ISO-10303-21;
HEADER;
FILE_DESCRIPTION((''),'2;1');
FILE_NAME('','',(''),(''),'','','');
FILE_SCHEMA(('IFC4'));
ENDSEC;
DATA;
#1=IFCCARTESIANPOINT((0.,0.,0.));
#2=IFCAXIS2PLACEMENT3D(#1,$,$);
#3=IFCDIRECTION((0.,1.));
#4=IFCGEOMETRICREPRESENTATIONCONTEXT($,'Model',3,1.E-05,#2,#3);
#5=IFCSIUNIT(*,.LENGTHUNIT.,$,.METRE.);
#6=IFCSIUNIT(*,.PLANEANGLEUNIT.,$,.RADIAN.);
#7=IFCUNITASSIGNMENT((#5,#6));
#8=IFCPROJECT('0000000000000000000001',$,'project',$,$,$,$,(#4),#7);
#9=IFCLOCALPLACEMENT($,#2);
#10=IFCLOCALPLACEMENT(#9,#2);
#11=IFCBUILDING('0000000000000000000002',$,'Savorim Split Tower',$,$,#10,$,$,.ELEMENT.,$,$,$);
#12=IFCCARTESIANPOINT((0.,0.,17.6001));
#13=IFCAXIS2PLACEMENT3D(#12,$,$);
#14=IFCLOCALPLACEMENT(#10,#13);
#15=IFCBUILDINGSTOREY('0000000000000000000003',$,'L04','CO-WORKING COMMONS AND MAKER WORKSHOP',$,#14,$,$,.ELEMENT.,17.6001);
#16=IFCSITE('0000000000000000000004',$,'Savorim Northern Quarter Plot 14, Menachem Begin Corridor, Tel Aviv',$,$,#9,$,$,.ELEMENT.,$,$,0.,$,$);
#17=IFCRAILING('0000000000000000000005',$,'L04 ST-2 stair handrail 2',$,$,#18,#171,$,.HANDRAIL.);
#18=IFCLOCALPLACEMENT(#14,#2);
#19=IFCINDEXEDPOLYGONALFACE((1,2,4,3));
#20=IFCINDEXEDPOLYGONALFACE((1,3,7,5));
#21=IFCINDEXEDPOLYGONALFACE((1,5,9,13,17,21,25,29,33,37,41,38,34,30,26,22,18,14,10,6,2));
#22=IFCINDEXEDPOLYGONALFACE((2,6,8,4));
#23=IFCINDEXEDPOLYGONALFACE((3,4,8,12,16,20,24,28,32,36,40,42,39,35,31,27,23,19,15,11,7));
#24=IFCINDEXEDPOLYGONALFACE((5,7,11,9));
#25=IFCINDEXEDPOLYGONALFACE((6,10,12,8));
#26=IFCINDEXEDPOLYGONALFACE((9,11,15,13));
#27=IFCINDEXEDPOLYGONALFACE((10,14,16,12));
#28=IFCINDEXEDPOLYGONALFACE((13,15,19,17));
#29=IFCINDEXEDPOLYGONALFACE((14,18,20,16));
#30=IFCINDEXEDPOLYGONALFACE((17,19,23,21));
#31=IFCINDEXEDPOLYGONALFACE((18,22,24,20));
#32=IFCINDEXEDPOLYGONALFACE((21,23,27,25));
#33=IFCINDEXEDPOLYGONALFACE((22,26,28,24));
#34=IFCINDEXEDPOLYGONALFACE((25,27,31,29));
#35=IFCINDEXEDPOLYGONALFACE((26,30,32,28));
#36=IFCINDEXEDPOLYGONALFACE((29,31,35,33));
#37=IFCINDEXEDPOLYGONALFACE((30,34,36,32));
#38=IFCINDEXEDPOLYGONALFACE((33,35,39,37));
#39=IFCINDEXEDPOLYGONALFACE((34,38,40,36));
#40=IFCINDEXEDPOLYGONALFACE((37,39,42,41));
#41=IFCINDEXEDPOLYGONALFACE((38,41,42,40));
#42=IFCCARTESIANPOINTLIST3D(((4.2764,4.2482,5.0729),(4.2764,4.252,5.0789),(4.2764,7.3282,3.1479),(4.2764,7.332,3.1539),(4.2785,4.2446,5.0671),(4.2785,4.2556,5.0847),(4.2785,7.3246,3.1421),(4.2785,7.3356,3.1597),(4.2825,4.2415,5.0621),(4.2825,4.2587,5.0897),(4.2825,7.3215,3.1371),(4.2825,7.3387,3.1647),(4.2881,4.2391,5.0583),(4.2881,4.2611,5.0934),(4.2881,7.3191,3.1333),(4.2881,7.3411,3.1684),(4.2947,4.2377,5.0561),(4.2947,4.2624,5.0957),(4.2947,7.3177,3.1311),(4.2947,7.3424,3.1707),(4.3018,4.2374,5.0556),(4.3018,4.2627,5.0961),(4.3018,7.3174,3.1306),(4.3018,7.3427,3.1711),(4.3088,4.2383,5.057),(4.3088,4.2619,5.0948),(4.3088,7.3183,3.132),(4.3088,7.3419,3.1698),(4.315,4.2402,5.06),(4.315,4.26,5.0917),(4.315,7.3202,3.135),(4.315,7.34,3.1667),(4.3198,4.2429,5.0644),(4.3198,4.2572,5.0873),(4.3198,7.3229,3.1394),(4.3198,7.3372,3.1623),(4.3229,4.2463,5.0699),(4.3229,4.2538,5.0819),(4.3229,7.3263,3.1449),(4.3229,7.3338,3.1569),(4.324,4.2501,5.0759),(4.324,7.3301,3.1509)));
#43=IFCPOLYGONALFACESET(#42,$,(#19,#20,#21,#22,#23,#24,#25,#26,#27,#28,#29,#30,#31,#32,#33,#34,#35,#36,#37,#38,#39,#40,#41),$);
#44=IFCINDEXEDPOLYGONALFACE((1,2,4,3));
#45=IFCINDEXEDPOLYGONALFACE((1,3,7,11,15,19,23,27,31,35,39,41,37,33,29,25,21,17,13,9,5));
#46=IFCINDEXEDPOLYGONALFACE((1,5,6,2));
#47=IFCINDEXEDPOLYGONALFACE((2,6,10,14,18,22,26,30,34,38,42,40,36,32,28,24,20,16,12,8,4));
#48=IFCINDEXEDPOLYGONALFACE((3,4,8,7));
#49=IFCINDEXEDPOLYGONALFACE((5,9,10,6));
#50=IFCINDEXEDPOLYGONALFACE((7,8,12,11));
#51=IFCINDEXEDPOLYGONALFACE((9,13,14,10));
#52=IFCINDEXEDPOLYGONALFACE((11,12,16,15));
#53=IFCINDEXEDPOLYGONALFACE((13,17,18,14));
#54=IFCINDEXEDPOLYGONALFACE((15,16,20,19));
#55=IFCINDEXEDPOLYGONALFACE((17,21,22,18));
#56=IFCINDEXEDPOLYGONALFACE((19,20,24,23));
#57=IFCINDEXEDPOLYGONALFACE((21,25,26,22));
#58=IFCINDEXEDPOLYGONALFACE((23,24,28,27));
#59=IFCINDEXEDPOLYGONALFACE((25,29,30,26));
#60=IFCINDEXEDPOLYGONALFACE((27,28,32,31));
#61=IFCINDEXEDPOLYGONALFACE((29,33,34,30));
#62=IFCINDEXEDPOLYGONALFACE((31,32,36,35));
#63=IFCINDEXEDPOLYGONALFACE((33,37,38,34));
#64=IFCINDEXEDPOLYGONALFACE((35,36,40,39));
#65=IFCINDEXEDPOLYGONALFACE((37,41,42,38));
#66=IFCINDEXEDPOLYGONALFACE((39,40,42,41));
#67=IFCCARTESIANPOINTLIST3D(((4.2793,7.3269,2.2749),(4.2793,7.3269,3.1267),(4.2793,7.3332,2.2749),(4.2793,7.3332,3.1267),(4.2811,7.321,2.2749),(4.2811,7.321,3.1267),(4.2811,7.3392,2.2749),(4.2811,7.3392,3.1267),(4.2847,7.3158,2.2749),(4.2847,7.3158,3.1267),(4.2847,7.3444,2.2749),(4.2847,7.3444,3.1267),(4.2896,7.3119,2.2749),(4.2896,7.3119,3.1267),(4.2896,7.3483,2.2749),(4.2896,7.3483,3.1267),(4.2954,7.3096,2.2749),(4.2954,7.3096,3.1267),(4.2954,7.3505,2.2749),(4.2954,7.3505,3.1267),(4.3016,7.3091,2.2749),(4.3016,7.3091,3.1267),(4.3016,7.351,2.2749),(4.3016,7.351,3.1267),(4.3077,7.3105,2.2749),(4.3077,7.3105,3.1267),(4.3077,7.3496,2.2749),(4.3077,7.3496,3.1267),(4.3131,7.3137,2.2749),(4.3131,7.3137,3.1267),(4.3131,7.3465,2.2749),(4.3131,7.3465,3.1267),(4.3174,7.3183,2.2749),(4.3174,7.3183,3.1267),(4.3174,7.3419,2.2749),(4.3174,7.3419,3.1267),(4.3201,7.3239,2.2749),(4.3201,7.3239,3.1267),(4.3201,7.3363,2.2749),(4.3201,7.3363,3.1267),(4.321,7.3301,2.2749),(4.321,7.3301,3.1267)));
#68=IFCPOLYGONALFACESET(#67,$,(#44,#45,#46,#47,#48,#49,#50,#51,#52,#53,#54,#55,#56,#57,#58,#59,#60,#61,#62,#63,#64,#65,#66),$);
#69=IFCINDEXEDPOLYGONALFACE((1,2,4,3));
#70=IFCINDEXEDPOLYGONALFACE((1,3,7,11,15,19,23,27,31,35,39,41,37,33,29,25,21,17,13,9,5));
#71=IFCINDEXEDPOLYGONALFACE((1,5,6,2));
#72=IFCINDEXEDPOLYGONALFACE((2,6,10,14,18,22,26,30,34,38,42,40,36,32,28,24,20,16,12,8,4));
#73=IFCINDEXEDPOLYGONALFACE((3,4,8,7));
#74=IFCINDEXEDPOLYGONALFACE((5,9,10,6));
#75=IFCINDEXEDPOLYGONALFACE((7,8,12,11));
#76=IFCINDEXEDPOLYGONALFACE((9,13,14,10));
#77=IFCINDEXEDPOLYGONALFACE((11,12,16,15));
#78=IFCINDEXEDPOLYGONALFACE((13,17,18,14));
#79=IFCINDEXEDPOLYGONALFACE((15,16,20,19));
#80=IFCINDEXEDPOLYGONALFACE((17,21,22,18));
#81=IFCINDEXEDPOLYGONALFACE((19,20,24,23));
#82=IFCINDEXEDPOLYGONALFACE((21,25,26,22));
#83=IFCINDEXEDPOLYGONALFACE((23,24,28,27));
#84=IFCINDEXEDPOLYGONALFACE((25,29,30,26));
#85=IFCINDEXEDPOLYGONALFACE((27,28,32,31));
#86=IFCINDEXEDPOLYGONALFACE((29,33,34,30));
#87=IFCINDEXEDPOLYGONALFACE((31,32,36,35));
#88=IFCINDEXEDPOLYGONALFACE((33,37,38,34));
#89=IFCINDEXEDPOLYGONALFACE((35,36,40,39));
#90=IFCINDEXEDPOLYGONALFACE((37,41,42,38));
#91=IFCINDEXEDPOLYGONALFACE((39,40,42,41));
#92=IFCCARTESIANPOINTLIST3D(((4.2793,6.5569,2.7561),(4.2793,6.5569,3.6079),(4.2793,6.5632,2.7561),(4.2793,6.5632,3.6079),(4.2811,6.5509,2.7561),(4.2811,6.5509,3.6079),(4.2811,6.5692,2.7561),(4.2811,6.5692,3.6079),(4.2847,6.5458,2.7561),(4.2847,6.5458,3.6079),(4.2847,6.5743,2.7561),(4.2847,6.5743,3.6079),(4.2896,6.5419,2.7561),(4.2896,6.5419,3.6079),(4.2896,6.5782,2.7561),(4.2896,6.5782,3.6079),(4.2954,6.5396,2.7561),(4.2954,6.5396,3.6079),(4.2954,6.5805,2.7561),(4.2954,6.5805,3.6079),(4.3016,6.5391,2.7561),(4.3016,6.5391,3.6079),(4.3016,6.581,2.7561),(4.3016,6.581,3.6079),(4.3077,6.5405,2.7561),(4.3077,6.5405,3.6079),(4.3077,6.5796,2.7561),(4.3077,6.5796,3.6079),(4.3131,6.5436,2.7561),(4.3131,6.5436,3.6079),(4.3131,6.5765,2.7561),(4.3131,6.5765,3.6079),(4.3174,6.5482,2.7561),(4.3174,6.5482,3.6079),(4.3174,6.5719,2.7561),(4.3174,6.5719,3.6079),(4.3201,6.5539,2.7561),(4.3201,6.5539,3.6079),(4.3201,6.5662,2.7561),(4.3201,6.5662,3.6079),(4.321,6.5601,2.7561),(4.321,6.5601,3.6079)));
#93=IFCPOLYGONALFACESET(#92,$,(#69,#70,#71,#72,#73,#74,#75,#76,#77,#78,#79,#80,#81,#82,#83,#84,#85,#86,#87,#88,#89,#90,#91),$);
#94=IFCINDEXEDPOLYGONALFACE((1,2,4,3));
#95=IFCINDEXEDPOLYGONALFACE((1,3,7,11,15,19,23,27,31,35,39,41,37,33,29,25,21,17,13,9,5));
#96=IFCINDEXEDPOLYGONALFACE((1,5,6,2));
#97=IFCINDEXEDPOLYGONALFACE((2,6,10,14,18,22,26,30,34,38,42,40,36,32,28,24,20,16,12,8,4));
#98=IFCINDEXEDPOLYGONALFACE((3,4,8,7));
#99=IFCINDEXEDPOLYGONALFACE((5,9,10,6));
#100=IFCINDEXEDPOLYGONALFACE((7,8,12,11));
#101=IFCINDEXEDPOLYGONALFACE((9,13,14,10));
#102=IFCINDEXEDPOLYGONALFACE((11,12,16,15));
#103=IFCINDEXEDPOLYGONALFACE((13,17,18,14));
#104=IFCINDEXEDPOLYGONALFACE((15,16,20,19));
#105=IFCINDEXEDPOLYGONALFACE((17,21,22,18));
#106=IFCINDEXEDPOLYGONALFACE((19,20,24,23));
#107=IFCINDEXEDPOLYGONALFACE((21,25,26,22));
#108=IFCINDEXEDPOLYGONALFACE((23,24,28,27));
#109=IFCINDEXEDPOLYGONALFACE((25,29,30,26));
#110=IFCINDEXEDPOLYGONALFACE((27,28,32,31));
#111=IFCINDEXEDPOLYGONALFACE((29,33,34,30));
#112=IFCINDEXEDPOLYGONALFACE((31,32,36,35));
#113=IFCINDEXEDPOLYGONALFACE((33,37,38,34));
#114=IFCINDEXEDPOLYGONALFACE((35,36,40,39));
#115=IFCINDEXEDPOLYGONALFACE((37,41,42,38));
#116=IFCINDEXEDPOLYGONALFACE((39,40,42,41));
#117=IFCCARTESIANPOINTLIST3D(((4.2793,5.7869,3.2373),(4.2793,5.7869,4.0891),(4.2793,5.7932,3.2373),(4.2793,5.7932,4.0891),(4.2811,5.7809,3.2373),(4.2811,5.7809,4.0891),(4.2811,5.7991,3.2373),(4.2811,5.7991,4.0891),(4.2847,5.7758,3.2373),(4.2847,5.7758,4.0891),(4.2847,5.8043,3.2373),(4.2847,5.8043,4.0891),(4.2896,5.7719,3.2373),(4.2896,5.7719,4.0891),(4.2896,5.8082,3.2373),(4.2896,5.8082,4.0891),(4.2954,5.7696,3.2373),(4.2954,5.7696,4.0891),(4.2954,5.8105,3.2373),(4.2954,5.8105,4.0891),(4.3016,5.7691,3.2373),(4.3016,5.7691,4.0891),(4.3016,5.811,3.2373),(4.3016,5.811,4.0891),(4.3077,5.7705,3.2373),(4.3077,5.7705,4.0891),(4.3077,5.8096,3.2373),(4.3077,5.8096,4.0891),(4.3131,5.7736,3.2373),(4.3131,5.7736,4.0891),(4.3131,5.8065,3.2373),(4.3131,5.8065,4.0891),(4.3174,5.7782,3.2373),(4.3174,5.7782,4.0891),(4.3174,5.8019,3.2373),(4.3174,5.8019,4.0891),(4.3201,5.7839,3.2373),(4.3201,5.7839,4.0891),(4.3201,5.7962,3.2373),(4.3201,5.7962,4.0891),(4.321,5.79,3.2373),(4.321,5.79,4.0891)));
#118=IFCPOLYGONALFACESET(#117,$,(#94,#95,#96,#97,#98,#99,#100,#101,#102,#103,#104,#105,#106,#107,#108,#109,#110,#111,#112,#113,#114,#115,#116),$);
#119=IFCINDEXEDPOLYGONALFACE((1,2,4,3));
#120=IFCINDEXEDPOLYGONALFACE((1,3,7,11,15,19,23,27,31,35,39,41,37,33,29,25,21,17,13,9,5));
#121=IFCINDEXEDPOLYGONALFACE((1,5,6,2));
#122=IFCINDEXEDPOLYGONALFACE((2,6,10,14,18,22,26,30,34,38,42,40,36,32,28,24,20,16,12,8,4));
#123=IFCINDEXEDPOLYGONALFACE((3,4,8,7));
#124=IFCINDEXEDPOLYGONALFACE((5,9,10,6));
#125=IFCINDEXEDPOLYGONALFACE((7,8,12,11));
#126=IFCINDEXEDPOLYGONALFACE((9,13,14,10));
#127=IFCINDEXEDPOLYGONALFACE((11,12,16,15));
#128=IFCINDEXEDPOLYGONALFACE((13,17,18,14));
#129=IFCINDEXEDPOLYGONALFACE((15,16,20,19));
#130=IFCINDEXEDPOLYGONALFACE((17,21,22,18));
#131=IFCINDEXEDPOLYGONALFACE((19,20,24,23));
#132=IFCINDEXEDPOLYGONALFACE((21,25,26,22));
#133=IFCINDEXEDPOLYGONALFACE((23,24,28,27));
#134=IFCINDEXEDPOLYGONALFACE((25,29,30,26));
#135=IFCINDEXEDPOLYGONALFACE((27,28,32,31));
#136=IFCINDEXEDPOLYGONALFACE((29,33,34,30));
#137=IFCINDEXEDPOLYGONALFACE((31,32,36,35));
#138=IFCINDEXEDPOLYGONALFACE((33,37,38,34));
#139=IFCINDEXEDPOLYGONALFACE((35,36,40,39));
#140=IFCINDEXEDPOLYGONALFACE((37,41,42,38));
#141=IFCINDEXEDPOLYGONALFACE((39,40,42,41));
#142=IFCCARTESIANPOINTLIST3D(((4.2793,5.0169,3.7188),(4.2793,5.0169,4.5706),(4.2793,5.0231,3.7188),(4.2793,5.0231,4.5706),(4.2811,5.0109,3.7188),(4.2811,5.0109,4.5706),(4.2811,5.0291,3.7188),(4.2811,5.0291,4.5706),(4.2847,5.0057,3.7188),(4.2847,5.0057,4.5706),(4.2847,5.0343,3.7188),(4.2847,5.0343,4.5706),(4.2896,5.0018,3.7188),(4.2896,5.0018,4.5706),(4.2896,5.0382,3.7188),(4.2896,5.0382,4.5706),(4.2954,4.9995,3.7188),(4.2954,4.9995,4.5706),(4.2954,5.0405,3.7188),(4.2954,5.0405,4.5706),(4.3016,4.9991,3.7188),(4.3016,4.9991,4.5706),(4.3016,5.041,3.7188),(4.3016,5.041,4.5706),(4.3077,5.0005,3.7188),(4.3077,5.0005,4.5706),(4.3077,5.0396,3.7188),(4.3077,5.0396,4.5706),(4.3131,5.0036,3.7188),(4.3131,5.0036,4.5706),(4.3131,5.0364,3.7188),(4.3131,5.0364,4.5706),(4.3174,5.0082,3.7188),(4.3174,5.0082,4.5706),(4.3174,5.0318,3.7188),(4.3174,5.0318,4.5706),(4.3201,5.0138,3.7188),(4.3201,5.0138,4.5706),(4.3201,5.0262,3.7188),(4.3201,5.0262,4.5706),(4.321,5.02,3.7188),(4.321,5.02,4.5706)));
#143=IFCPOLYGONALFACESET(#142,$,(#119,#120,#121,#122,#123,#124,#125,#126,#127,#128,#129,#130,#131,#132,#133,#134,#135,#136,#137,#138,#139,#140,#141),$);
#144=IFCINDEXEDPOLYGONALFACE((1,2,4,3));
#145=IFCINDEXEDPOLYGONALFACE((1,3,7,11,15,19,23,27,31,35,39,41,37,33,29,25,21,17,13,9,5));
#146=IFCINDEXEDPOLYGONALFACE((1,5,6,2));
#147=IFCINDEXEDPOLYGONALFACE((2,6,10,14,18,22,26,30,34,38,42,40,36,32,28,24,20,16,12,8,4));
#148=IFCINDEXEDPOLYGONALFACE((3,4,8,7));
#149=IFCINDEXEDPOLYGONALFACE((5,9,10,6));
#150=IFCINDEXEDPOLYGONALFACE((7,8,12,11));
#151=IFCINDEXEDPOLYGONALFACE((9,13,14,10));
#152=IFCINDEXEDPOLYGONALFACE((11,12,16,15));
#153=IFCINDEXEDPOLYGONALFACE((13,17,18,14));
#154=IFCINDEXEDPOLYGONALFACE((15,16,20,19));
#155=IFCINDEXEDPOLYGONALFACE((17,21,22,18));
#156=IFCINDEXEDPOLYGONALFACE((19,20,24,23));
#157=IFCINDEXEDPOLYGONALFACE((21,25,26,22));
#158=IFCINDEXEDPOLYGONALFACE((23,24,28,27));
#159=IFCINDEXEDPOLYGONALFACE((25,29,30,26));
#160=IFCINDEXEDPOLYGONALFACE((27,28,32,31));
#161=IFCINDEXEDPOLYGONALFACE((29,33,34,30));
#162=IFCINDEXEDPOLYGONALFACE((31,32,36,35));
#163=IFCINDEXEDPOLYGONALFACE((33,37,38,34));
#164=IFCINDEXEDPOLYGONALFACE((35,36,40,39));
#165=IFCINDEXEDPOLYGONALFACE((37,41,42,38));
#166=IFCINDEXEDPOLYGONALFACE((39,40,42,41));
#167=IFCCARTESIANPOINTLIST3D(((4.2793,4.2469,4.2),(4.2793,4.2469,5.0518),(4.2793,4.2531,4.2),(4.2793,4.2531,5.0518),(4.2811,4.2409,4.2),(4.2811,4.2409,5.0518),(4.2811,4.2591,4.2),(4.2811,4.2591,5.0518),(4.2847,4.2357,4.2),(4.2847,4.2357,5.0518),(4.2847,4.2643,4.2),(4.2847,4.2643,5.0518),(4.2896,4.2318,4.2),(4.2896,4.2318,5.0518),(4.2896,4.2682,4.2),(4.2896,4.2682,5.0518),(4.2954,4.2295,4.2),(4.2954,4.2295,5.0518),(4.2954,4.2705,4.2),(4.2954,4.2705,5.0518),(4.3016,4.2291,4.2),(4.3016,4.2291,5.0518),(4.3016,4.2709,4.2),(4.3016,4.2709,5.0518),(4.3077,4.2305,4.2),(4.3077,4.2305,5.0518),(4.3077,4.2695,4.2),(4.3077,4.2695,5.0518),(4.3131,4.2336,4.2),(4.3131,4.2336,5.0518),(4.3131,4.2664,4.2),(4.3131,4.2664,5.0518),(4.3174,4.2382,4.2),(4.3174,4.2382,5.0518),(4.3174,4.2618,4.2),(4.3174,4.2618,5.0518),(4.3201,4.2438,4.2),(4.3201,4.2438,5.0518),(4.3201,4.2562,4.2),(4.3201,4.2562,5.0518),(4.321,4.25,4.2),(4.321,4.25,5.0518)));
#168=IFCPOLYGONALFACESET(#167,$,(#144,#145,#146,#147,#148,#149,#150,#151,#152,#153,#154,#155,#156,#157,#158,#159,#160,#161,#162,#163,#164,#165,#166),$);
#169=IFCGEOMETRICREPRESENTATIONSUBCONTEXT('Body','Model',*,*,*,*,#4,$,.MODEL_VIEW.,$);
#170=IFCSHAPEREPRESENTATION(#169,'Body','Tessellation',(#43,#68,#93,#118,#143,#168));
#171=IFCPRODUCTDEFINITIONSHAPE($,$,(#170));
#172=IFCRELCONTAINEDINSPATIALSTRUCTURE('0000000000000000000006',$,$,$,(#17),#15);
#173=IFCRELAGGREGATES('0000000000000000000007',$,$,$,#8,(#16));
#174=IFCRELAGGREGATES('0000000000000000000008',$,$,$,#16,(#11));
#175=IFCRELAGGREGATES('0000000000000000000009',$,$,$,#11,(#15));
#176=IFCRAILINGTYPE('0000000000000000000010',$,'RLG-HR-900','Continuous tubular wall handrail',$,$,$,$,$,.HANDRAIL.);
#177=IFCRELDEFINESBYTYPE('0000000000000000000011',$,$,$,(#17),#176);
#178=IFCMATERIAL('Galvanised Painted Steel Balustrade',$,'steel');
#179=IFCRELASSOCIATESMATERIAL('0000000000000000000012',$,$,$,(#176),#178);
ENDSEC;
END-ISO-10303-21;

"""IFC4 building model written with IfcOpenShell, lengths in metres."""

from ifc_helpers import new_model, si_unit, direction, frame, origin, origin_2d, place, context, subcontext, project, spatial, circle, extrude, material, type_object, element, save


model = new_model("IFC4")

# Units and contexts
model_context = context("Model", 3, precision=1e-05, world=origin(), true_north=direction((0.0, 1.0)))
body_context = subcontext(model_context, "Body", "Model", "MODEL_VIEW")
ifc_project = project(units=[si_unit("LENGTHUNIT", "METRE"), si_unit("PLANEANGLEUNIT", "RADIAN")], contexts=[model_context])

# Site, building, storey
site_placement = place(None, origin())
site = spatial("IfcSite", under=ifc_project, at=site_placement, Name="Savorim Northern Quarter Plot 14, Menachem Begin Corridor, Tel Aviv", CompositionType="ELEMENT", RefElevation=0.0)
building_placement = place(site_placement, origin())
building = spatial("IfcBuilding", under=site, at=building_placement, Name="Savorim Split Tower", CompositionType="ELEMENT")
storey_placement = place(building_placement, frame((0.0, 0.0, 17.6001)))
storey = spatial("IfcBuildingStorey", under=building, at=storey_placement, Name="L04", Description="CO-WORKING COMMONS AND MAKER WORKSHOP", CompositionType="ELEMENT", Elevation=17.6001)

# Railing
ifc_material_1 = material(Name="Galvanised Painted Steel Balustrade", Category="steel")
railing_type_1 = type_object("IfcRailingType", Name="RLG-HR-900", Description="Continuous tubular wall handrail", PredefinedType="HANDRAIL", material=ifc_material_1)
railing_1_placement = place(storey_placement, frame((4.3, 7.3301, 2.2749)))
element("IfcRailing", 1, at=railing_1_placement, inside=storey, type_object=railing_type_1, Name="L04 ST-2 stair handrail 2", PredefinedType="HANDRAIL", context=body_context, shape_type="SweptSolid", body=[
    extrude(circle(Radius=0.0239, at=origin_2d()), frame((0.0, 0.0, 0.876), z_axis=(0.0, -0.847998, 0.529999), x_axis=(1.0, 0.0, 0.0)), (0.0, 0.0, 1.0), 3.6321),
    extrude(circle(Radius=0.021, at=origin_2d()), origin(), (0.0, 0.0, 1.0), 0.8518),
    extrude(circle(Radius=0.021, at=origin_2d()), frame((0.0, -0.77, 0.4812)), (0.0, 0.0, 1.0), 0.8518),
    extrude(circle(Radius=0.021, at=origin_2d()), frame((0.0, -1.54, 0.9624)), (0.0, 0.0, 1.0), 0.8518),
    extrude(circle(Radius=0.021, at=origin_2d()), frame((0.0, -2.3101, 1.4438)), (0.0, 0.0, 1.0), 0.8518),
    extrude(circle(Radius=0.021, at=origin_2d()), frame((0.0, -3.0801, 1.925)), (0.0, 0.0, 1.0), 0.8518),
])

save(model, "model.ifc")
